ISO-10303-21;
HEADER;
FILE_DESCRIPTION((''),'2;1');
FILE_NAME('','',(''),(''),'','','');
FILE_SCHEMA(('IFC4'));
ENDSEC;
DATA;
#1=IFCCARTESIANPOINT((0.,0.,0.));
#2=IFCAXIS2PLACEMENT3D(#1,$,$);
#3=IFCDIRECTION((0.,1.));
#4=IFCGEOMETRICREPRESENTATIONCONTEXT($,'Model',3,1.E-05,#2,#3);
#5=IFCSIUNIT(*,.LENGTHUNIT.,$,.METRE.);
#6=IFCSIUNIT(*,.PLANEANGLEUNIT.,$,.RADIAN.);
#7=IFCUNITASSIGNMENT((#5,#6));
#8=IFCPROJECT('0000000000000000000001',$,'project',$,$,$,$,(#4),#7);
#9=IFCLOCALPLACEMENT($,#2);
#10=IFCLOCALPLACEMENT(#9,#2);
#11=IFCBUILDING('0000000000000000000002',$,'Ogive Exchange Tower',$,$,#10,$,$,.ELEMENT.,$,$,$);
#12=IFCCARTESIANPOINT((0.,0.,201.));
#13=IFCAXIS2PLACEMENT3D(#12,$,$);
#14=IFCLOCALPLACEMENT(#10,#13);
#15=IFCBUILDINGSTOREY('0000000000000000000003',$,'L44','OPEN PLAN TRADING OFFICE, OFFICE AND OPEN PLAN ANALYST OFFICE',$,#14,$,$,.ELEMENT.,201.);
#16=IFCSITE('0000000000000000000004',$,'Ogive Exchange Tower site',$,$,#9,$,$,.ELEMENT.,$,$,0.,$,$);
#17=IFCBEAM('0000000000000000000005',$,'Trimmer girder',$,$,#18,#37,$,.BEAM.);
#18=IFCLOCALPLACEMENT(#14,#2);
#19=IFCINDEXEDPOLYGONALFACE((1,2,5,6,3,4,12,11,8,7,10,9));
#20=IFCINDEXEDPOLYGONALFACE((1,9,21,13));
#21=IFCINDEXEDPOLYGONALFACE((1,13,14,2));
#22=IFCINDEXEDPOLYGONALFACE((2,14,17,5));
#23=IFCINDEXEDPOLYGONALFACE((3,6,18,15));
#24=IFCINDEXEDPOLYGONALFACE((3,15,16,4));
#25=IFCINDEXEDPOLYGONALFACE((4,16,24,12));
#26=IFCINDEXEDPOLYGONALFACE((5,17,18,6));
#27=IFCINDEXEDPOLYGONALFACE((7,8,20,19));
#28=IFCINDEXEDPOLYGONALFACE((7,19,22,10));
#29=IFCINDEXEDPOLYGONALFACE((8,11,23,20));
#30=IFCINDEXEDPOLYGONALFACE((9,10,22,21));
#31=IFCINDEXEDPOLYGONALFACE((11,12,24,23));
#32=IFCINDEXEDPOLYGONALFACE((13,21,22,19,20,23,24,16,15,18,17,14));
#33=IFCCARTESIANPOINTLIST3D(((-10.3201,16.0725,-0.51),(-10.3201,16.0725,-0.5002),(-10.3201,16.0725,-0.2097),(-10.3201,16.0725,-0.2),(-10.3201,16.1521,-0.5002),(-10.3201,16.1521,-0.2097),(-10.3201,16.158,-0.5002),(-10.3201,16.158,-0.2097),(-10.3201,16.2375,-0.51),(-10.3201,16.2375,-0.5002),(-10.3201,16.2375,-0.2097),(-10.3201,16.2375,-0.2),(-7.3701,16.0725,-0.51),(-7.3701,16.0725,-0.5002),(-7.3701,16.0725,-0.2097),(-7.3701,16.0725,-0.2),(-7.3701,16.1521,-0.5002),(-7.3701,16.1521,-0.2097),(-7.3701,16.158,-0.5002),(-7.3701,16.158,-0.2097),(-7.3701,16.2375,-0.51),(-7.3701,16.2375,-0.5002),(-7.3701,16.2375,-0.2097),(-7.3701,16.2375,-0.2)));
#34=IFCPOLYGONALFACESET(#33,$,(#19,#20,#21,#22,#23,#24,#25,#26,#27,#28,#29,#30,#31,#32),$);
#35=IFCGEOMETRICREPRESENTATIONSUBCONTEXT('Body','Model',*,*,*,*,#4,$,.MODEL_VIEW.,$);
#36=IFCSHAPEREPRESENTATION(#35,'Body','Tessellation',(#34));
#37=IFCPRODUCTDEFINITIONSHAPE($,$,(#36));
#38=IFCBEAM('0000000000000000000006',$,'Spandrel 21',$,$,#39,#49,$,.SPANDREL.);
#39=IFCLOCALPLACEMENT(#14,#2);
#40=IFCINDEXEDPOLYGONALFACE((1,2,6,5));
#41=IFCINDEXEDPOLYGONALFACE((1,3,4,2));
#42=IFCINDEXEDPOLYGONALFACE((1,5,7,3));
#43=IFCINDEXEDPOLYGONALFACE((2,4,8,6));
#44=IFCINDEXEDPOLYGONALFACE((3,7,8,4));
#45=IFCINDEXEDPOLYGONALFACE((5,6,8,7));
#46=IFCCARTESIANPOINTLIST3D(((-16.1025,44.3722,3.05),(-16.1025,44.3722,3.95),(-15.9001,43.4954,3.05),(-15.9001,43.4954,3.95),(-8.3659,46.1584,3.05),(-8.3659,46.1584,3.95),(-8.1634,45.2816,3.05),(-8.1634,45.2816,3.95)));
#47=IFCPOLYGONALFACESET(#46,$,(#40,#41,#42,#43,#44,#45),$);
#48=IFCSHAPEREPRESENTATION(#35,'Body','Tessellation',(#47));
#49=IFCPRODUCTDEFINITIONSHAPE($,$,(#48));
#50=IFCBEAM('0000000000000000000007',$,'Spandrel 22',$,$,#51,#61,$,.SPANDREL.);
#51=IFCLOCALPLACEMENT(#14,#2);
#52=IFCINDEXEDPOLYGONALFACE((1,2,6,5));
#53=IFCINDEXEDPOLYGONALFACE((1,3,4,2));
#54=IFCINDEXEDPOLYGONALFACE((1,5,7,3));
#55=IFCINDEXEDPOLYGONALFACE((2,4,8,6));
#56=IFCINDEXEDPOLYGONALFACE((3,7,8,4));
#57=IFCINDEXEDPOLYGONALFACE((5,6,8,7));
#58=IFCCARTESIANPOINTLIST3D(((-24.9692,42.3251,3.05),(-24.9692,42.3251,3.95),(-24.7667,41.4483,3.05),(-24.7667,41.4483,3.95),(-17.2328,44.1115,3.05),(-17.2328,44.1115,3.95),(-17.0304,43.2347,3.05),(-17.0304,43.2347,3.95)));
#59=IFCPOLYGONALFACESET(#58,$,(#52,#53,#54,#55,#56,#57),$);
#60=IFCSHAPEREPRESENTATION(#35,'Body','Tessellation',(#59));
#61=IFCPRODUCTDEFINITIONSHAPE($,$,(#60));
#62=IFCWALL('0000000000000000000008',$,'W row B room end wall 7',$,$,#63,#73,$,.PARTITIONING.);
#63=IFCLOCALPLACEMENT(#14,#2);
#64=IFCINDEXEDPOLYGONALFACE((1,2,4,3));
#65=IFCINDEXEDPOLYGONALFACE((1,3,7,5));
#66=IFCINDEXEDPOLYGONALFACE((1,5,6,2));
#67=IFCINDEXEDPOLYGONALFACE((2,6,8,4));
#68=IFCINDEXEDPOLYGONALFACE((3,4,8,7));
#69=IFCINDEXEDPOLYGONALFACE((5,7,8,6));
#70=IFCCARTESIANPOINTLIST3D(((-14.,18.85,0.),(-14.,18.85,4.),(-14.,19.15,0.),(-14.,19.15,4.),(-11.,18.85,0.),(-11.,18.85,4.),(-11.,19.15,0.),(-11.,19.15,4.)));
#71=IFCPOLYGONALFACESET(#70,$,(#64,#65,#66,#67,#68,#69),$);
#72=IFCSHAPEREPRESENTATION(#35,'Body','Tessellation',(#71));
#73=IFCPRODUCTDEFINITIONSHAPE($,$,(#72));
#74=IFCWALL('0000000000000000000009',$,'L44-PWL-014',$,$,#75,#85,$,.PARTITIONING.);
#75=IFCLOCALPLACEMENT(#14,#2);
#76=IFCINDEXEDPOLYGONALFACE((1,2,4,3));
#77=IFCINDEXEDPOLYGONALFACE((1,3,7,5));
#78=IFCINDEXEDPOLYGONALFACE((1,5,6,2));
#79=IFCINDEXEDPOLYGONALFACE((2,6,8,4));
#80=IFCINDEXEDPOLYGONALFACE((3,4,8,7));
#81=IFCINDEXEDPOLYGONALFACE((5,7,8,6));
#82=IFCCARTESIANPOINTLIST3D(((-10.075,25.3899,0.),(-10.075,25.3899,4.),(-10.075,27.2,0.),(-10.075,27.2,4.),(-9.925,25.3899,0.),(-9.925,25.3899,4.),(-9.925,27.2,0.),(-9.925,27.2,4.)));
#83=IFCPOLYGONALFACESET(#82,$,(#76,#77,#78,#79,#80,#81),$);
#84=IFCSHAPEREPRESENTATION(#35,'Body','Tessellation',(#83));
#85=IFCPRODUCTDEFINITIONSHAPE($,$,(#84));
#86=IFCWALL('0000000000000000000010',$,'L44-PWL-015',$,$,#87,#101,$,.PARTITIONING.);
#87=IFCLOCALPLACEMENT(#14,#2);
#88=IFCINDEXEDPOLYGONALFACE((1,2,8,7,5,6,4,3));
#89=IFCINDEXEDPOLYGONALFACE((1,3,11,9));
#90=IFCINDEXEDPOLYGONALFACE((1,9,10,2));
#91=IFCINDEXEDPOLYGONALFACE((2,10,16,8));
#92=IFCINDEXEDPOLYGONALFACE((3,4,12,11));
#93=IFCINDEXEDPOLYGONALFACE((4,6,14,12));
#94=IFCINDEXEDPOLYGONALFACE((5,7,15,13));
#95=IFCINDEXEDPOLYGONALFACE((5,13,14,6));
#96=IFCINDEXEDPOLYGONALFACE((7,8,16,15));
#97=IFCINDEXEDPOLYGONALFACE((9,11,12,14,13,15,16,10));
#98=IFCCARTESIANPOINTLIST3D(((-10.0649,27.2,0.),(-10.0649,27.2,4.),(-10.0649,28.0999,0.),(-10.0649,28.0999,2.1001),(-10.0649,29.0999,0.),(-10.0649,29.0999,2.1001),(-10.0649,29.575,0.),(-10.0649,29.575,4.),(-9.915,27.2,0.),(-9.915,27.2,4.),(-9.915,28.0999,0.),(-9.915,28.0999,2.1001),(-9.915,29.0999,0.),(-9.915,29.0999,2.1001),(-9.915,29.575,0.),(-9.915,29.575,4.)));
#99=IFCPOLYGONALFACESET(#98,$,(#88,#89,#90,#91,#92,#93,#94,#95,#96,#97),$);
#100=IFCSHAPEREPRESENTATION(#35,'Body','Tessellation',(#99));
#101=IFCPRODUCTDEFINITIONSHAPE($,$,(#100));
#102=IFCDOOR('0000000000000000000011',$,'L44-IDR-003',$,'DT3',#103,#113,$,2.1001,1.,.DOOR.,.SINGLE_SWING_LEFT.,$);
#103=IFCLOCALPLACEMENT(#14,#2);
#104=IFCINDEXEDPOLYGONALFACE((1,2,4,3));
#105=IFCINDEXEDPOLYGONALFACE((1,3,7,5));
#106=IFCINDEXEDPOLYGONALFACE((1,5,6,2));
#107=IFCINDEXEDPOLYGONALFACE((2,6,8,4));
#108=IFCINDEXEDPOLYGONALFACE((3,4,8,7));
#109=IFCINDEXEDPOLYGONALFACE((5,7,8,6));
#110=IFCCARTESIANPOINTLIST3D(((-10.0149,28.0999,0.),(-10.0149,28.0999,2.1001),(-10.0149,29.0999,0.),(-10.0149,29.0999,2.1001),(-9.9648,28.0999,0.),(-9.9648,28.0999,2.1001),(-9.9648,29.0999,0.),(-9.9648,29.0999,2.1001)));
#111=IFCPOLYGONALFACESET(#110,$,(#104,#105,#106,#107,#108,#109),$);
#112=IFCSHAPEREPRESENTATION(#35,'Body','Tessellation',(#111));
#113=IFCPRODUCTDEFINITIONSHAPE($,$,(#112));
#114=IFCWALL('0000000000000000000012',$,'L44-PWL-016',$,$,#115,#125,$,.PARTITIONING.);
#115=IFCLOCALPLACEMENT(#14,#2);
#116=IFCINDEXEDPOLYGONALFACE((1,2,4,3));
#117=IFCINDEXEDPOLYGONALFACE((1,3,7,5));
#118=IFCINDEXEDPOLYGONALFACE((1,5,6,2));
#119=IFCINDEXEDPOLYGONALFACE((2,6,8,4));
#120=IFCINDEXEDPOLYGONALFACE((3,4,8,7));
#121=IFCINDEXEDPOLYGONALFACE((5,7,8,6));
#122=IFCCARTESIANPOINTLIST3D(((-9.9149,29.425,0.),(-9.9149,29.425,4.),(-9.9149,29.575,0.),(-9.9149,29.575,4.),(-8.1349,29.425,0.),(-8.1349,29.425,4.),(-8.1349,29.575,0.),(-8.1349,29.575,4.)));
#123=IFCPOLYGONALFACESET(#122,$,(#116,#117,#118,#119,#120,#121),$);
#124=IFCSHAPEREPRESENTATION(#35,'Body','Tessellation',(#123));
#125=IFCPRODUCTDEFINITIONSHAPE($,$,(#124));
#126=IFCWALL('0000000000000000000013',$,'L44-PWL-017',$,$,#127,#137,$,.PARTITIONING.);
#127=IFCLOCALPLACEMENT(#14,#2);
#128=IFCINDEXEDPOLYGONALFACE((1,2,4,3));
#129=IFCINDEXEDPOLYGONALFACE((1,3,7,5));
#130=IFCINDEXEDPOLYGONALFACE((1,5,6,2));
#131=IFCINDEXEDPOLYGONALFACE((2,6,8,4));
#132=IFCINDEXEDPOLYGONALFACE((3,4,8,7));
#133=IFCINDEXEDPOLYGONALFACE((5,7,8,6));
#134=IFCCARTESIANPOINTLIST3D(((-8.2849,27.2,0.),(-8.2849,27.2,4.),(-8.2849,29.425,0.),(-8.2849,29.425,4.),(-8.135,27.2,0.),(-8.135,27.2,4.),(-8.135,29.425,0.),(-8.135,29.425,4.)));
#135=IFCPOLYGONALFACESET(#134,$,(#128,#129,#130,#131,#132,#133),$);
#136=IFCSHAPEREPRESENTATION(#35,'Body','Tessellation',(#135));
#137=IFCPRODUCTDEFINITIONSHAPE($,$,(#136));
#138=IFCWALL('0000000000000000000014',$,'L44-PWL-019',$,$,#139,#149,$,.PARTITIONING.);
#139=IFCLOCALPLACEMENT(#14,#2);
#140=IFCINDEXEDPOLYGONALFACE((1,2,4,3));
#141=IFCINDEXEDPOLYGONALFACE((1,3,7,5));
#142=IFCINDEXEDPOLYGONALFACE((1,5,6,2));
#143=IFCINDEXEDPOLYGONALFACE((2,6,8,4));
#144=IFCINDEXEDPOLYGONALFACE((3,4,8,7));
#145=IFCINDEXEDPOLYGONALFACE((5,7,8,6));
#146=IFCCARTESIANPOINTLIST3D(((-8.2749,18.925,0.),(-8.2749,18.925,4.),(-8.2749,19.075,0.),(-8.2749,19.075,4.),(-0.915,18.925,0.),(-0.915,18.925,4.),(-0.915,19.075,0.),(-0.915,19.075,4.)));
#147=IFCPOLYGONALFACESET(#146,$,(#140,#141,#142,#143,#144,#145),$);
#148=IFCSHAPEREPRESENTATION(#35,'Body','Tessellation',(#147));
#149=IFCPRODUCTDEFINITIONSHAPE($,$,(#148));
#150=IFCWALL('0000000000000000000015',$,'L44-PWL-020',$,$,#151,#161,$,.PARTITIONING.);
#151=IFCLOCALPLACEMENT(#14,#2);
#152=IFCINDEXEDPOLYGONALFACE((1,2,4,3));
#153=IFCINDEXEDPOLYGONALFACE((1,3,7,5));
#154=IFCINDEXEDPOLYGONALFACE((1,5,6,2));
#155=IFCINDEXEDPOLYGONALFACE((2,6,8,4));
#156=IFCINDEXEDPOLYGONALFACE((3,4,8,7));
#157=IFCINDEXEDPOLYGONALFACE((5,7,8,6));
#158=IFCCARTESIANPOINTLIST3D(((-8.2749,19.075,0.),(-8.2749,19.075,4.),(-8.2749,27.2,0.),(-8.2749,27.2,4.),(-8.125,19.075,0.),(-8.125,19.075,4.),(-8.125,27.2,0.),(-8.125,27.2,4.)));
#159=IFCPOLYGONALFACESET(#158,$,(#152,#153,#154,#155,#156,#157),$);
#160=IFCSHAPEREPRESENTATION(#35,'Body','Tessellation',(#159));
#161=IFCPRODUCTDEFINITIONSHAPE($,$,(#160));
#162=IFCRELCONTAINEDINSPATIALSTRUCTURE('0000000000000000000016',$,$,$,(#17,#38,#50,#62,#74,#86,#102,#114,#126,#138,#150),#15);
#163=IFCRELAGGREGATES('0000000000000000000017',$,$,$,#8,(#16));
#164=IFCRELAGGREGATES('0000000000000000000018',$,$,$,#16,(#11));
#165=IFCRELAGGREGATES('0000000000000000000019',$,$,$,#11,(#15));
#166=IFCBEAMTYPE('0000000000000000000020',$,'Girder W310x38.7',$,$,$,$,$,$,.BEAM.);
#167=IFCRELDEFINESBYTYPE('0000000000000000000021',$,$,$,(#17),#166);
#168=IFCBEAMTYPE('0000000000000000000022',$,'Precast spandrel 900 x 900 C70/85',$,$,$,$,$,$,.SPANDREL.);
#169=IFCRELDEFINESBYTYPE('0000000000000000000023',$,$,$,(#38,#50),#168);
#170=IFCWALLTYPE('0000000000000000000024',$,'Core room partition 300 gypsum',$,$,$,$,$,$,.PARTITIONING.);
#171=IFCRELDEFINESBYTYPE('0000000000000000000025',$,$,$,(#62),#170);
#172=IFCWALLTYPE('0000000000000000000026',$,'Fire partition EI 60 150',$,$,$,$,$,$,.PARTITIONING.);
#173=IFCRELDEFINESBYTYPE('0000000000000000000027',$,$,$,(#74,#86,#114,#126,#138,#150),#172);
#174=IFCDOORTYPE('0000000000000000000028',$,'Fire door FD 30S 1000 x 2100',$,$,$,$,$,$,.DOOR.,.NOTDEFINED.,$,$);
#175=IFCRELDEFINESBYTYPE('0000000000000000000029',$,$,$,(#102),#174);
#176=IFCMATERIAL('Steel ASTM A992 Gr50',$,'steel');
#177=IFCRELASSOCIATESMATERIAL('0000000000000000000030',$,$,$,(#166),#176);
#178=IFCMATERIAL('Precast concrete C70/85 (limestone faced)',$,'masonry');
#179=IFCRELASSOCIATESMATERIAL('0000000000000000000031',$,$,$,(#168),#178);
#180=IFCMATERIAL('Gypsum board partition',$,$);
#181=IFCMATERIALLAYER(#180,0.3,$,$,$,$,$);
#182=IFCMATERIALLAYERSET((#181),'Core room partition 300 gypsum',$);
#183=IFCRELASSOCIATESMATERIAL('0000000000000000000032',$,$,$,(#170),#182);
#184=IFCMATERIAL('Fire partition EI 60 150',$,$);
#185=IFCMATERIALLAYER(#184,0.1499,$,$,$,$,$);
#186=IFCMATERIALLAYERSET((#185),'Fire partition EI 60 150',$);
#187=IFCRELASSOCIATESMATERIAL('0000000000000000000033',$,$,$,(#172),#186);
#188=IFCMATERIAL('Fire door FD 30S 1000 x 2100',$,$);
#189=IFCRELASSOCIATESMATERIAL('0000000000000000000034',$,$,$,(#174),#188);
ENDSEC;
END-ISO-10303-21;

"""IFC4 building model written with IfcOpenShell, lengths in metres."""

from ifc_helpers import new_model, si_unit, direction, frame, frame_2d, origin, origin_2d, place, context, subcontext, project, spatial, rectangle, i_section, extrude, material, layer, layer_set, material_profile, profile_set, type_object, element, fill, save


model = new_model("IFC4")

# Units and contexts
model_context = context("Model", 3, precision=1e-05, world=origin(), true_north=direction((0.0, 1.0)))
body_context = subcontext(model_context, "Body", "Model", "MODEL_VIEW")
ifc_project = project(units=[si_unit("LENGTHUNIT", "METRE"), si_unit("PLANEANGLEUNIT", "RADIAN")], contexts=[model_context])

# Site, building, storey
site_placement = place(None, origin())
site = spatial("IfcSite", under=ifc_project, at=site_placement, Name="Ogive Exchange Tower site", CompositionType="ELEMENT", RefElevation=0.0)
building_placement = place(site_placement, origin())
building = spatial("IfcBuilding", under=site, at=building_placement, Name="Ogive Exchange Tower", CompositionType="ELEMENT")
storey_placement = place(building_placement, frame((0.0, 0.0, 201.0)))
storey = spatial("IfcBuildingStorey", under=building, at=storey_placement, Name="L44", Description="OPEN PLAN TRADING OFFICE, OFFICE AND OPEN PLAN ANALYST OFFICE", CompositionType="ELEMENT", Elevation=201.0)

# Shared definitions
ifc_material_1 = material(Name="Precast concrete C70/85 (limestone faced)", Category="masonry")

# Beams
ifc_material_2 = material(Name="Steel ASTM A992 Gr50", Category="steel")
ifc_material_profile_1 = material_profile(ifc_material_2, i_section(OverallWidth=0.165, OverallDepth=0.3101, WebThickness=0.0059, FlangeThickness=0.0098, at=origin_2d()), Name="W310x38.7")
ifc_profile_set_1 = profile_set([ifc_material_profile_1], Name="Steel ASTM A992 Gr50")
beam_type_1 = type_object("IfcBeamType", Name="Girder W310x38.7", PredefinedType="BEAM", material=ifc_profile_set_1)
beam_1_placement = place(storey_placement, frame((-10.3201, 16.155, -0.355), z_axis=(1.0, 0.0, 0.0), x_axis=(0.0, 1.0, 0.0)))
element("IfcBeam", 1, at=beam_1_placement, inside=storey, type_object=beam_type_1, Name="Trimmer girder", PredefinedType="BEAM", context=body_context, shape_type="SweptSolid", body=[
    extrude(i_section(OverallWidth=0.165, OverallDepth=0.3101, WebThickness=0.0059, FlangeThickness=0.0098, at=origin_2d()), origin(), (0.0, 0.0, 1.0), 2.95),
])
ifc_material_profile_2 = material_profile(ifc_material_1, rectangle(XDim=0.8999, YDim=0.8999, at=origin_2d()), Name="900 x 900")
ifc_profile_set_2 = profile_set([ifc_material_profile_2], Name="Precast concrete C70/85 (limestone faced)")
beam_type_2 = type_object("IfcBeamType", Name="Precast spandrel 900 x 900 C70/85", PredefinedType="SPANDREL", material=ifc_profile_set_2)
beam_2_placement = place(storey_placement, frame((-8.2646, 45.72, 3.5), z_axis=(-0.97437, -0.224952, 0.0), x_axis=(0.224952, -0.97437, 0.0)))
element("IfcBeam", 2, at=beam_2_placement, inside=storey, type_object=beam_type_2, Name="Spandrel 21", PredefinedType="SPANDREL", context=body_context, shape_type="SweptSolid", body=[
    extrude(rectangle(XDim=0.8999, YDim=0.8999, at=origin_2d()), origin(), (0.0, 0.0, 1.0), 7.9402),
])
beam_3_placement = place(storey_placement, frame((-17.1316, 43.6731, 3.5), z_axis=(-0.974362, -0.224988, 0.0), x_axis=(0.224988, -0.974362, 0.0)))
element("IfcBeam", 3, at=beam_3_placement, inside=storey, type_object=beam_type_2, Name="Spandrel 22", PredefinedType="SPANDREL", context=body_context, shape_type="SweptSolid", body=[
    extrude(rectangle(XDim=0.8999, YDim=0.8999, at=origin_2d()), origin(), (0.0, 0.0, 1.0), 7.9399),
])

# Walls
ifc_material_3 = material(Name="Gypsum board partition")
ifc_layer_1 = layer(ifc_material_3, 0.3)
ifc_layer_set_1 = layer_set([ifc_layer_1], Name="Core room partition 300 gypsum")
wall_type_1 = type_object("IfcWallType", Name="Core room partition 300 gypsum", PredefinedType="PARTITIONING", material=ifc_layer_set_1)
wall_1_placement = place(storey_placement, frame((-14.0, 19.0, 0.0), z_axis=(0.0, 0.0, 1.0), x_axis=(1.0, 0.0, 0.0)))
element("IfcWall", 4, at=wall_1_placement, inside=storey, type_object=wall_type_1, Name="W row B room end wall 7", PredefinedType="PARTITIONING", context=body_context, shape_type="SweptSolid", body=[
    extrude(rectangle(XDim=3.0, YDim=0.3, at=frame_2d((1.5, 0.0))), origin(), (0.0, 0.0, 1.0), 4.0),
])
ifc_material_4 = material(Name="Fire partition EI 60 150")
ifc_layer_2 = layer(ifc_material_4, 0.1499)
ifc_layer_set_2 = layer_set([ifc_layer_2], Name="Fire partition EI 60 150")
wall_type_2 = type_object("IfcWallType", Name="Fire partition EI 60 150", PredefinedType="PARTITIONING", material=ifc_layer_set_2)
wall_2_placement = place(storey_placement, frame((-10.0, 25.3899, 0.0), z_axis=(0.0, 0.0, 1.0), x_axis=(0.0, 1.0, 0.0)))
element("IfcWall", 5, at=wall_2_placement, inside=storey, type_object=wall_type_2, Name="L44-PWL-014", PredefinedType="PARTITIONING", context=body_context, shape_type="SweptSolid", body=[
    extrude(rectangle(XDim=1.8101, YDim=0.1499, at=frame_2d((0.905, 0.0))), origin(), (0.0, 0.0, 1.0), 4.0),
])

# Wall, opening, door
wall_3_placement = place(storey_placement, frame((-9.99, 27.2, 0.0), z_axis=(0.0, 0.0, 1.0), x_axis=(0.0, 1.0, 0.0)))
wall_3 = element("IfcWall", 6, at=wall_3_placement, inside=storey, type_object=wall_type_2, Name="L44-PWL-015", PredefinedType="PARTITIONING", context=body_context, shape_type="SweptSolid", body=[
    extrude(rectangle(XDim=2.375, YDim=0.1499, at=frame_2d((1.1875, 0.0))), origin(), (0.0, 0.0, 1.0), 4.0),
])
opening_1_placement = place(wall_3_placement, frame((0.8999, 0.0, 0.0)))
opening_1 = element("IfcOpeningElement", 7, at=opening_1_placement, cuts=wall_3, PredefinedType="OPENING", context=body_context, shape_type="SweptSolid", body=[
    extrude(rectangle(XDim=1.0, YDim=2.1001, at=frame_2d((0.5, 1.05))), frame((0.0, 0.085, 0.0), z_axis=(0.0, -1.0, 0.0), x_axis=(1.0, 0.0, 0.0)), (0.0, 0.0, 1.0), 0.1699),
])
ifc_material_5 = material(Name="Fire door FD 30S 1000 x 2100")
door_type_1 = type_object("IfcDoorType", Name="Fire door FD 30S 1000 x 2100", OperationType="NOTDEFINED", PredefinedType="DOOR", material=ifc_material_5)
door_1_placement = place(opening_1_placement, origin())
door_1 = element("IfcDoor", 8, at=door_1_placement, inside=storey, type_object=door_type_1, Name="L44-IDR-003", ObjectType="DT3", OperationType="SINGLE_SWING_LEFT", OverallHeight=2.1001, OverallWidth=1.0, PredefinedType="DOOR", context=body_context, shape_type="SweptSolid", body=[
    extrude(rectangle(XDim=1.0, YDim=2.1001, at=frame_2d((0.5, 1.05))), frame((0.0, 0.0249, 0.0), z_axis=(0.0, -1.0, 0.0), x_axis=(1.0, 0.0, 0.0)), (0.0, 0.0, 1.0), 0.05),
])
fill(opening_1, door_1)

# Walls
wall_4_placement = place(storey_placement, frame((-9.915, 29.5, 0.0), z_axis=(0.0, 0.0, 1.0), x_axis=(1.0, 0.0, 0.0)))
element("IfcWall", 9, at=wall_4_placement, inside=storey, type_object=wall_type_2, Name="L44-PWL-016", PredefinedType="PARTITIONING", context=body_context, shape_type="SweptSolid", body=[
    extrude(rectangle(XDim=1.78, YDim=0.1499, at=frame_2d((0.8901, 0.0))), origin(), (0.0, 0.0, 1.0), 4.0),
])
wall_5_placement = place(storey_placement, frame((-8.21, 29.425, 0.0), z_axis=(0.0, 0.0, 1.0), x_axis=(0.0, -1.0, 0.0)))
element("IfcWall", 10, at=wall_5_placement, inside=storey, type_object=wall_type_2, Name="L44-PWL-017", PredefinedType="PARTITIONING", context=body_context, shape_type="SweptSolid", body=[
    extrude(rectangle(XDim=2.2251, YDim=0.1499, at=frame_2d((1.1125, 0.0))), origin(), (0.0, 0.0, 1.0), 4.0),
])
wall_6_placement = place(storey_placement, frame((-8.2749, 19.0, 0.0), z_axis=(0.0, 0.0, 1.0), x_axis=(1.0, 0.0, 0.0)))
element("IfcWall", 11, at=wall_6_placement, inside=storey, type_object=wall_type_2, Name="L44-PWL-019", PredefinedType="PARTITIONING", context=body_context, shape_type="SweptSolid", body=[
    extrude(rectangle(XDim=7.3599, YDim=0.1499, at=frame_2d((3.6799, 0.0))), origin(), (0.0, 0.0, 1.0), 4.0),
])
wall_7_placement = place(storey_placement, frame((-8.2, 27.2, 0.0), z_axis=(0.0, 0.0, 1.0), x_axis=(0.0, -1.0, 0.0)))
element("IfcWall", 12, at=wall_7_placement, inside=storey, type_object=wall_type_2, Name="L44-PWL-020", PredefinedType="PARTITIONING", context=body_context, shape_type="SweptSolid", body=[
    extrude(rectangle(XDim=8.125, YDim=0.1499, at=frame_2d((4.0625, 0.0))), origin(), (0.0, 0.0, 1.0), 4.0),
])

save(model, "model.ifc")
